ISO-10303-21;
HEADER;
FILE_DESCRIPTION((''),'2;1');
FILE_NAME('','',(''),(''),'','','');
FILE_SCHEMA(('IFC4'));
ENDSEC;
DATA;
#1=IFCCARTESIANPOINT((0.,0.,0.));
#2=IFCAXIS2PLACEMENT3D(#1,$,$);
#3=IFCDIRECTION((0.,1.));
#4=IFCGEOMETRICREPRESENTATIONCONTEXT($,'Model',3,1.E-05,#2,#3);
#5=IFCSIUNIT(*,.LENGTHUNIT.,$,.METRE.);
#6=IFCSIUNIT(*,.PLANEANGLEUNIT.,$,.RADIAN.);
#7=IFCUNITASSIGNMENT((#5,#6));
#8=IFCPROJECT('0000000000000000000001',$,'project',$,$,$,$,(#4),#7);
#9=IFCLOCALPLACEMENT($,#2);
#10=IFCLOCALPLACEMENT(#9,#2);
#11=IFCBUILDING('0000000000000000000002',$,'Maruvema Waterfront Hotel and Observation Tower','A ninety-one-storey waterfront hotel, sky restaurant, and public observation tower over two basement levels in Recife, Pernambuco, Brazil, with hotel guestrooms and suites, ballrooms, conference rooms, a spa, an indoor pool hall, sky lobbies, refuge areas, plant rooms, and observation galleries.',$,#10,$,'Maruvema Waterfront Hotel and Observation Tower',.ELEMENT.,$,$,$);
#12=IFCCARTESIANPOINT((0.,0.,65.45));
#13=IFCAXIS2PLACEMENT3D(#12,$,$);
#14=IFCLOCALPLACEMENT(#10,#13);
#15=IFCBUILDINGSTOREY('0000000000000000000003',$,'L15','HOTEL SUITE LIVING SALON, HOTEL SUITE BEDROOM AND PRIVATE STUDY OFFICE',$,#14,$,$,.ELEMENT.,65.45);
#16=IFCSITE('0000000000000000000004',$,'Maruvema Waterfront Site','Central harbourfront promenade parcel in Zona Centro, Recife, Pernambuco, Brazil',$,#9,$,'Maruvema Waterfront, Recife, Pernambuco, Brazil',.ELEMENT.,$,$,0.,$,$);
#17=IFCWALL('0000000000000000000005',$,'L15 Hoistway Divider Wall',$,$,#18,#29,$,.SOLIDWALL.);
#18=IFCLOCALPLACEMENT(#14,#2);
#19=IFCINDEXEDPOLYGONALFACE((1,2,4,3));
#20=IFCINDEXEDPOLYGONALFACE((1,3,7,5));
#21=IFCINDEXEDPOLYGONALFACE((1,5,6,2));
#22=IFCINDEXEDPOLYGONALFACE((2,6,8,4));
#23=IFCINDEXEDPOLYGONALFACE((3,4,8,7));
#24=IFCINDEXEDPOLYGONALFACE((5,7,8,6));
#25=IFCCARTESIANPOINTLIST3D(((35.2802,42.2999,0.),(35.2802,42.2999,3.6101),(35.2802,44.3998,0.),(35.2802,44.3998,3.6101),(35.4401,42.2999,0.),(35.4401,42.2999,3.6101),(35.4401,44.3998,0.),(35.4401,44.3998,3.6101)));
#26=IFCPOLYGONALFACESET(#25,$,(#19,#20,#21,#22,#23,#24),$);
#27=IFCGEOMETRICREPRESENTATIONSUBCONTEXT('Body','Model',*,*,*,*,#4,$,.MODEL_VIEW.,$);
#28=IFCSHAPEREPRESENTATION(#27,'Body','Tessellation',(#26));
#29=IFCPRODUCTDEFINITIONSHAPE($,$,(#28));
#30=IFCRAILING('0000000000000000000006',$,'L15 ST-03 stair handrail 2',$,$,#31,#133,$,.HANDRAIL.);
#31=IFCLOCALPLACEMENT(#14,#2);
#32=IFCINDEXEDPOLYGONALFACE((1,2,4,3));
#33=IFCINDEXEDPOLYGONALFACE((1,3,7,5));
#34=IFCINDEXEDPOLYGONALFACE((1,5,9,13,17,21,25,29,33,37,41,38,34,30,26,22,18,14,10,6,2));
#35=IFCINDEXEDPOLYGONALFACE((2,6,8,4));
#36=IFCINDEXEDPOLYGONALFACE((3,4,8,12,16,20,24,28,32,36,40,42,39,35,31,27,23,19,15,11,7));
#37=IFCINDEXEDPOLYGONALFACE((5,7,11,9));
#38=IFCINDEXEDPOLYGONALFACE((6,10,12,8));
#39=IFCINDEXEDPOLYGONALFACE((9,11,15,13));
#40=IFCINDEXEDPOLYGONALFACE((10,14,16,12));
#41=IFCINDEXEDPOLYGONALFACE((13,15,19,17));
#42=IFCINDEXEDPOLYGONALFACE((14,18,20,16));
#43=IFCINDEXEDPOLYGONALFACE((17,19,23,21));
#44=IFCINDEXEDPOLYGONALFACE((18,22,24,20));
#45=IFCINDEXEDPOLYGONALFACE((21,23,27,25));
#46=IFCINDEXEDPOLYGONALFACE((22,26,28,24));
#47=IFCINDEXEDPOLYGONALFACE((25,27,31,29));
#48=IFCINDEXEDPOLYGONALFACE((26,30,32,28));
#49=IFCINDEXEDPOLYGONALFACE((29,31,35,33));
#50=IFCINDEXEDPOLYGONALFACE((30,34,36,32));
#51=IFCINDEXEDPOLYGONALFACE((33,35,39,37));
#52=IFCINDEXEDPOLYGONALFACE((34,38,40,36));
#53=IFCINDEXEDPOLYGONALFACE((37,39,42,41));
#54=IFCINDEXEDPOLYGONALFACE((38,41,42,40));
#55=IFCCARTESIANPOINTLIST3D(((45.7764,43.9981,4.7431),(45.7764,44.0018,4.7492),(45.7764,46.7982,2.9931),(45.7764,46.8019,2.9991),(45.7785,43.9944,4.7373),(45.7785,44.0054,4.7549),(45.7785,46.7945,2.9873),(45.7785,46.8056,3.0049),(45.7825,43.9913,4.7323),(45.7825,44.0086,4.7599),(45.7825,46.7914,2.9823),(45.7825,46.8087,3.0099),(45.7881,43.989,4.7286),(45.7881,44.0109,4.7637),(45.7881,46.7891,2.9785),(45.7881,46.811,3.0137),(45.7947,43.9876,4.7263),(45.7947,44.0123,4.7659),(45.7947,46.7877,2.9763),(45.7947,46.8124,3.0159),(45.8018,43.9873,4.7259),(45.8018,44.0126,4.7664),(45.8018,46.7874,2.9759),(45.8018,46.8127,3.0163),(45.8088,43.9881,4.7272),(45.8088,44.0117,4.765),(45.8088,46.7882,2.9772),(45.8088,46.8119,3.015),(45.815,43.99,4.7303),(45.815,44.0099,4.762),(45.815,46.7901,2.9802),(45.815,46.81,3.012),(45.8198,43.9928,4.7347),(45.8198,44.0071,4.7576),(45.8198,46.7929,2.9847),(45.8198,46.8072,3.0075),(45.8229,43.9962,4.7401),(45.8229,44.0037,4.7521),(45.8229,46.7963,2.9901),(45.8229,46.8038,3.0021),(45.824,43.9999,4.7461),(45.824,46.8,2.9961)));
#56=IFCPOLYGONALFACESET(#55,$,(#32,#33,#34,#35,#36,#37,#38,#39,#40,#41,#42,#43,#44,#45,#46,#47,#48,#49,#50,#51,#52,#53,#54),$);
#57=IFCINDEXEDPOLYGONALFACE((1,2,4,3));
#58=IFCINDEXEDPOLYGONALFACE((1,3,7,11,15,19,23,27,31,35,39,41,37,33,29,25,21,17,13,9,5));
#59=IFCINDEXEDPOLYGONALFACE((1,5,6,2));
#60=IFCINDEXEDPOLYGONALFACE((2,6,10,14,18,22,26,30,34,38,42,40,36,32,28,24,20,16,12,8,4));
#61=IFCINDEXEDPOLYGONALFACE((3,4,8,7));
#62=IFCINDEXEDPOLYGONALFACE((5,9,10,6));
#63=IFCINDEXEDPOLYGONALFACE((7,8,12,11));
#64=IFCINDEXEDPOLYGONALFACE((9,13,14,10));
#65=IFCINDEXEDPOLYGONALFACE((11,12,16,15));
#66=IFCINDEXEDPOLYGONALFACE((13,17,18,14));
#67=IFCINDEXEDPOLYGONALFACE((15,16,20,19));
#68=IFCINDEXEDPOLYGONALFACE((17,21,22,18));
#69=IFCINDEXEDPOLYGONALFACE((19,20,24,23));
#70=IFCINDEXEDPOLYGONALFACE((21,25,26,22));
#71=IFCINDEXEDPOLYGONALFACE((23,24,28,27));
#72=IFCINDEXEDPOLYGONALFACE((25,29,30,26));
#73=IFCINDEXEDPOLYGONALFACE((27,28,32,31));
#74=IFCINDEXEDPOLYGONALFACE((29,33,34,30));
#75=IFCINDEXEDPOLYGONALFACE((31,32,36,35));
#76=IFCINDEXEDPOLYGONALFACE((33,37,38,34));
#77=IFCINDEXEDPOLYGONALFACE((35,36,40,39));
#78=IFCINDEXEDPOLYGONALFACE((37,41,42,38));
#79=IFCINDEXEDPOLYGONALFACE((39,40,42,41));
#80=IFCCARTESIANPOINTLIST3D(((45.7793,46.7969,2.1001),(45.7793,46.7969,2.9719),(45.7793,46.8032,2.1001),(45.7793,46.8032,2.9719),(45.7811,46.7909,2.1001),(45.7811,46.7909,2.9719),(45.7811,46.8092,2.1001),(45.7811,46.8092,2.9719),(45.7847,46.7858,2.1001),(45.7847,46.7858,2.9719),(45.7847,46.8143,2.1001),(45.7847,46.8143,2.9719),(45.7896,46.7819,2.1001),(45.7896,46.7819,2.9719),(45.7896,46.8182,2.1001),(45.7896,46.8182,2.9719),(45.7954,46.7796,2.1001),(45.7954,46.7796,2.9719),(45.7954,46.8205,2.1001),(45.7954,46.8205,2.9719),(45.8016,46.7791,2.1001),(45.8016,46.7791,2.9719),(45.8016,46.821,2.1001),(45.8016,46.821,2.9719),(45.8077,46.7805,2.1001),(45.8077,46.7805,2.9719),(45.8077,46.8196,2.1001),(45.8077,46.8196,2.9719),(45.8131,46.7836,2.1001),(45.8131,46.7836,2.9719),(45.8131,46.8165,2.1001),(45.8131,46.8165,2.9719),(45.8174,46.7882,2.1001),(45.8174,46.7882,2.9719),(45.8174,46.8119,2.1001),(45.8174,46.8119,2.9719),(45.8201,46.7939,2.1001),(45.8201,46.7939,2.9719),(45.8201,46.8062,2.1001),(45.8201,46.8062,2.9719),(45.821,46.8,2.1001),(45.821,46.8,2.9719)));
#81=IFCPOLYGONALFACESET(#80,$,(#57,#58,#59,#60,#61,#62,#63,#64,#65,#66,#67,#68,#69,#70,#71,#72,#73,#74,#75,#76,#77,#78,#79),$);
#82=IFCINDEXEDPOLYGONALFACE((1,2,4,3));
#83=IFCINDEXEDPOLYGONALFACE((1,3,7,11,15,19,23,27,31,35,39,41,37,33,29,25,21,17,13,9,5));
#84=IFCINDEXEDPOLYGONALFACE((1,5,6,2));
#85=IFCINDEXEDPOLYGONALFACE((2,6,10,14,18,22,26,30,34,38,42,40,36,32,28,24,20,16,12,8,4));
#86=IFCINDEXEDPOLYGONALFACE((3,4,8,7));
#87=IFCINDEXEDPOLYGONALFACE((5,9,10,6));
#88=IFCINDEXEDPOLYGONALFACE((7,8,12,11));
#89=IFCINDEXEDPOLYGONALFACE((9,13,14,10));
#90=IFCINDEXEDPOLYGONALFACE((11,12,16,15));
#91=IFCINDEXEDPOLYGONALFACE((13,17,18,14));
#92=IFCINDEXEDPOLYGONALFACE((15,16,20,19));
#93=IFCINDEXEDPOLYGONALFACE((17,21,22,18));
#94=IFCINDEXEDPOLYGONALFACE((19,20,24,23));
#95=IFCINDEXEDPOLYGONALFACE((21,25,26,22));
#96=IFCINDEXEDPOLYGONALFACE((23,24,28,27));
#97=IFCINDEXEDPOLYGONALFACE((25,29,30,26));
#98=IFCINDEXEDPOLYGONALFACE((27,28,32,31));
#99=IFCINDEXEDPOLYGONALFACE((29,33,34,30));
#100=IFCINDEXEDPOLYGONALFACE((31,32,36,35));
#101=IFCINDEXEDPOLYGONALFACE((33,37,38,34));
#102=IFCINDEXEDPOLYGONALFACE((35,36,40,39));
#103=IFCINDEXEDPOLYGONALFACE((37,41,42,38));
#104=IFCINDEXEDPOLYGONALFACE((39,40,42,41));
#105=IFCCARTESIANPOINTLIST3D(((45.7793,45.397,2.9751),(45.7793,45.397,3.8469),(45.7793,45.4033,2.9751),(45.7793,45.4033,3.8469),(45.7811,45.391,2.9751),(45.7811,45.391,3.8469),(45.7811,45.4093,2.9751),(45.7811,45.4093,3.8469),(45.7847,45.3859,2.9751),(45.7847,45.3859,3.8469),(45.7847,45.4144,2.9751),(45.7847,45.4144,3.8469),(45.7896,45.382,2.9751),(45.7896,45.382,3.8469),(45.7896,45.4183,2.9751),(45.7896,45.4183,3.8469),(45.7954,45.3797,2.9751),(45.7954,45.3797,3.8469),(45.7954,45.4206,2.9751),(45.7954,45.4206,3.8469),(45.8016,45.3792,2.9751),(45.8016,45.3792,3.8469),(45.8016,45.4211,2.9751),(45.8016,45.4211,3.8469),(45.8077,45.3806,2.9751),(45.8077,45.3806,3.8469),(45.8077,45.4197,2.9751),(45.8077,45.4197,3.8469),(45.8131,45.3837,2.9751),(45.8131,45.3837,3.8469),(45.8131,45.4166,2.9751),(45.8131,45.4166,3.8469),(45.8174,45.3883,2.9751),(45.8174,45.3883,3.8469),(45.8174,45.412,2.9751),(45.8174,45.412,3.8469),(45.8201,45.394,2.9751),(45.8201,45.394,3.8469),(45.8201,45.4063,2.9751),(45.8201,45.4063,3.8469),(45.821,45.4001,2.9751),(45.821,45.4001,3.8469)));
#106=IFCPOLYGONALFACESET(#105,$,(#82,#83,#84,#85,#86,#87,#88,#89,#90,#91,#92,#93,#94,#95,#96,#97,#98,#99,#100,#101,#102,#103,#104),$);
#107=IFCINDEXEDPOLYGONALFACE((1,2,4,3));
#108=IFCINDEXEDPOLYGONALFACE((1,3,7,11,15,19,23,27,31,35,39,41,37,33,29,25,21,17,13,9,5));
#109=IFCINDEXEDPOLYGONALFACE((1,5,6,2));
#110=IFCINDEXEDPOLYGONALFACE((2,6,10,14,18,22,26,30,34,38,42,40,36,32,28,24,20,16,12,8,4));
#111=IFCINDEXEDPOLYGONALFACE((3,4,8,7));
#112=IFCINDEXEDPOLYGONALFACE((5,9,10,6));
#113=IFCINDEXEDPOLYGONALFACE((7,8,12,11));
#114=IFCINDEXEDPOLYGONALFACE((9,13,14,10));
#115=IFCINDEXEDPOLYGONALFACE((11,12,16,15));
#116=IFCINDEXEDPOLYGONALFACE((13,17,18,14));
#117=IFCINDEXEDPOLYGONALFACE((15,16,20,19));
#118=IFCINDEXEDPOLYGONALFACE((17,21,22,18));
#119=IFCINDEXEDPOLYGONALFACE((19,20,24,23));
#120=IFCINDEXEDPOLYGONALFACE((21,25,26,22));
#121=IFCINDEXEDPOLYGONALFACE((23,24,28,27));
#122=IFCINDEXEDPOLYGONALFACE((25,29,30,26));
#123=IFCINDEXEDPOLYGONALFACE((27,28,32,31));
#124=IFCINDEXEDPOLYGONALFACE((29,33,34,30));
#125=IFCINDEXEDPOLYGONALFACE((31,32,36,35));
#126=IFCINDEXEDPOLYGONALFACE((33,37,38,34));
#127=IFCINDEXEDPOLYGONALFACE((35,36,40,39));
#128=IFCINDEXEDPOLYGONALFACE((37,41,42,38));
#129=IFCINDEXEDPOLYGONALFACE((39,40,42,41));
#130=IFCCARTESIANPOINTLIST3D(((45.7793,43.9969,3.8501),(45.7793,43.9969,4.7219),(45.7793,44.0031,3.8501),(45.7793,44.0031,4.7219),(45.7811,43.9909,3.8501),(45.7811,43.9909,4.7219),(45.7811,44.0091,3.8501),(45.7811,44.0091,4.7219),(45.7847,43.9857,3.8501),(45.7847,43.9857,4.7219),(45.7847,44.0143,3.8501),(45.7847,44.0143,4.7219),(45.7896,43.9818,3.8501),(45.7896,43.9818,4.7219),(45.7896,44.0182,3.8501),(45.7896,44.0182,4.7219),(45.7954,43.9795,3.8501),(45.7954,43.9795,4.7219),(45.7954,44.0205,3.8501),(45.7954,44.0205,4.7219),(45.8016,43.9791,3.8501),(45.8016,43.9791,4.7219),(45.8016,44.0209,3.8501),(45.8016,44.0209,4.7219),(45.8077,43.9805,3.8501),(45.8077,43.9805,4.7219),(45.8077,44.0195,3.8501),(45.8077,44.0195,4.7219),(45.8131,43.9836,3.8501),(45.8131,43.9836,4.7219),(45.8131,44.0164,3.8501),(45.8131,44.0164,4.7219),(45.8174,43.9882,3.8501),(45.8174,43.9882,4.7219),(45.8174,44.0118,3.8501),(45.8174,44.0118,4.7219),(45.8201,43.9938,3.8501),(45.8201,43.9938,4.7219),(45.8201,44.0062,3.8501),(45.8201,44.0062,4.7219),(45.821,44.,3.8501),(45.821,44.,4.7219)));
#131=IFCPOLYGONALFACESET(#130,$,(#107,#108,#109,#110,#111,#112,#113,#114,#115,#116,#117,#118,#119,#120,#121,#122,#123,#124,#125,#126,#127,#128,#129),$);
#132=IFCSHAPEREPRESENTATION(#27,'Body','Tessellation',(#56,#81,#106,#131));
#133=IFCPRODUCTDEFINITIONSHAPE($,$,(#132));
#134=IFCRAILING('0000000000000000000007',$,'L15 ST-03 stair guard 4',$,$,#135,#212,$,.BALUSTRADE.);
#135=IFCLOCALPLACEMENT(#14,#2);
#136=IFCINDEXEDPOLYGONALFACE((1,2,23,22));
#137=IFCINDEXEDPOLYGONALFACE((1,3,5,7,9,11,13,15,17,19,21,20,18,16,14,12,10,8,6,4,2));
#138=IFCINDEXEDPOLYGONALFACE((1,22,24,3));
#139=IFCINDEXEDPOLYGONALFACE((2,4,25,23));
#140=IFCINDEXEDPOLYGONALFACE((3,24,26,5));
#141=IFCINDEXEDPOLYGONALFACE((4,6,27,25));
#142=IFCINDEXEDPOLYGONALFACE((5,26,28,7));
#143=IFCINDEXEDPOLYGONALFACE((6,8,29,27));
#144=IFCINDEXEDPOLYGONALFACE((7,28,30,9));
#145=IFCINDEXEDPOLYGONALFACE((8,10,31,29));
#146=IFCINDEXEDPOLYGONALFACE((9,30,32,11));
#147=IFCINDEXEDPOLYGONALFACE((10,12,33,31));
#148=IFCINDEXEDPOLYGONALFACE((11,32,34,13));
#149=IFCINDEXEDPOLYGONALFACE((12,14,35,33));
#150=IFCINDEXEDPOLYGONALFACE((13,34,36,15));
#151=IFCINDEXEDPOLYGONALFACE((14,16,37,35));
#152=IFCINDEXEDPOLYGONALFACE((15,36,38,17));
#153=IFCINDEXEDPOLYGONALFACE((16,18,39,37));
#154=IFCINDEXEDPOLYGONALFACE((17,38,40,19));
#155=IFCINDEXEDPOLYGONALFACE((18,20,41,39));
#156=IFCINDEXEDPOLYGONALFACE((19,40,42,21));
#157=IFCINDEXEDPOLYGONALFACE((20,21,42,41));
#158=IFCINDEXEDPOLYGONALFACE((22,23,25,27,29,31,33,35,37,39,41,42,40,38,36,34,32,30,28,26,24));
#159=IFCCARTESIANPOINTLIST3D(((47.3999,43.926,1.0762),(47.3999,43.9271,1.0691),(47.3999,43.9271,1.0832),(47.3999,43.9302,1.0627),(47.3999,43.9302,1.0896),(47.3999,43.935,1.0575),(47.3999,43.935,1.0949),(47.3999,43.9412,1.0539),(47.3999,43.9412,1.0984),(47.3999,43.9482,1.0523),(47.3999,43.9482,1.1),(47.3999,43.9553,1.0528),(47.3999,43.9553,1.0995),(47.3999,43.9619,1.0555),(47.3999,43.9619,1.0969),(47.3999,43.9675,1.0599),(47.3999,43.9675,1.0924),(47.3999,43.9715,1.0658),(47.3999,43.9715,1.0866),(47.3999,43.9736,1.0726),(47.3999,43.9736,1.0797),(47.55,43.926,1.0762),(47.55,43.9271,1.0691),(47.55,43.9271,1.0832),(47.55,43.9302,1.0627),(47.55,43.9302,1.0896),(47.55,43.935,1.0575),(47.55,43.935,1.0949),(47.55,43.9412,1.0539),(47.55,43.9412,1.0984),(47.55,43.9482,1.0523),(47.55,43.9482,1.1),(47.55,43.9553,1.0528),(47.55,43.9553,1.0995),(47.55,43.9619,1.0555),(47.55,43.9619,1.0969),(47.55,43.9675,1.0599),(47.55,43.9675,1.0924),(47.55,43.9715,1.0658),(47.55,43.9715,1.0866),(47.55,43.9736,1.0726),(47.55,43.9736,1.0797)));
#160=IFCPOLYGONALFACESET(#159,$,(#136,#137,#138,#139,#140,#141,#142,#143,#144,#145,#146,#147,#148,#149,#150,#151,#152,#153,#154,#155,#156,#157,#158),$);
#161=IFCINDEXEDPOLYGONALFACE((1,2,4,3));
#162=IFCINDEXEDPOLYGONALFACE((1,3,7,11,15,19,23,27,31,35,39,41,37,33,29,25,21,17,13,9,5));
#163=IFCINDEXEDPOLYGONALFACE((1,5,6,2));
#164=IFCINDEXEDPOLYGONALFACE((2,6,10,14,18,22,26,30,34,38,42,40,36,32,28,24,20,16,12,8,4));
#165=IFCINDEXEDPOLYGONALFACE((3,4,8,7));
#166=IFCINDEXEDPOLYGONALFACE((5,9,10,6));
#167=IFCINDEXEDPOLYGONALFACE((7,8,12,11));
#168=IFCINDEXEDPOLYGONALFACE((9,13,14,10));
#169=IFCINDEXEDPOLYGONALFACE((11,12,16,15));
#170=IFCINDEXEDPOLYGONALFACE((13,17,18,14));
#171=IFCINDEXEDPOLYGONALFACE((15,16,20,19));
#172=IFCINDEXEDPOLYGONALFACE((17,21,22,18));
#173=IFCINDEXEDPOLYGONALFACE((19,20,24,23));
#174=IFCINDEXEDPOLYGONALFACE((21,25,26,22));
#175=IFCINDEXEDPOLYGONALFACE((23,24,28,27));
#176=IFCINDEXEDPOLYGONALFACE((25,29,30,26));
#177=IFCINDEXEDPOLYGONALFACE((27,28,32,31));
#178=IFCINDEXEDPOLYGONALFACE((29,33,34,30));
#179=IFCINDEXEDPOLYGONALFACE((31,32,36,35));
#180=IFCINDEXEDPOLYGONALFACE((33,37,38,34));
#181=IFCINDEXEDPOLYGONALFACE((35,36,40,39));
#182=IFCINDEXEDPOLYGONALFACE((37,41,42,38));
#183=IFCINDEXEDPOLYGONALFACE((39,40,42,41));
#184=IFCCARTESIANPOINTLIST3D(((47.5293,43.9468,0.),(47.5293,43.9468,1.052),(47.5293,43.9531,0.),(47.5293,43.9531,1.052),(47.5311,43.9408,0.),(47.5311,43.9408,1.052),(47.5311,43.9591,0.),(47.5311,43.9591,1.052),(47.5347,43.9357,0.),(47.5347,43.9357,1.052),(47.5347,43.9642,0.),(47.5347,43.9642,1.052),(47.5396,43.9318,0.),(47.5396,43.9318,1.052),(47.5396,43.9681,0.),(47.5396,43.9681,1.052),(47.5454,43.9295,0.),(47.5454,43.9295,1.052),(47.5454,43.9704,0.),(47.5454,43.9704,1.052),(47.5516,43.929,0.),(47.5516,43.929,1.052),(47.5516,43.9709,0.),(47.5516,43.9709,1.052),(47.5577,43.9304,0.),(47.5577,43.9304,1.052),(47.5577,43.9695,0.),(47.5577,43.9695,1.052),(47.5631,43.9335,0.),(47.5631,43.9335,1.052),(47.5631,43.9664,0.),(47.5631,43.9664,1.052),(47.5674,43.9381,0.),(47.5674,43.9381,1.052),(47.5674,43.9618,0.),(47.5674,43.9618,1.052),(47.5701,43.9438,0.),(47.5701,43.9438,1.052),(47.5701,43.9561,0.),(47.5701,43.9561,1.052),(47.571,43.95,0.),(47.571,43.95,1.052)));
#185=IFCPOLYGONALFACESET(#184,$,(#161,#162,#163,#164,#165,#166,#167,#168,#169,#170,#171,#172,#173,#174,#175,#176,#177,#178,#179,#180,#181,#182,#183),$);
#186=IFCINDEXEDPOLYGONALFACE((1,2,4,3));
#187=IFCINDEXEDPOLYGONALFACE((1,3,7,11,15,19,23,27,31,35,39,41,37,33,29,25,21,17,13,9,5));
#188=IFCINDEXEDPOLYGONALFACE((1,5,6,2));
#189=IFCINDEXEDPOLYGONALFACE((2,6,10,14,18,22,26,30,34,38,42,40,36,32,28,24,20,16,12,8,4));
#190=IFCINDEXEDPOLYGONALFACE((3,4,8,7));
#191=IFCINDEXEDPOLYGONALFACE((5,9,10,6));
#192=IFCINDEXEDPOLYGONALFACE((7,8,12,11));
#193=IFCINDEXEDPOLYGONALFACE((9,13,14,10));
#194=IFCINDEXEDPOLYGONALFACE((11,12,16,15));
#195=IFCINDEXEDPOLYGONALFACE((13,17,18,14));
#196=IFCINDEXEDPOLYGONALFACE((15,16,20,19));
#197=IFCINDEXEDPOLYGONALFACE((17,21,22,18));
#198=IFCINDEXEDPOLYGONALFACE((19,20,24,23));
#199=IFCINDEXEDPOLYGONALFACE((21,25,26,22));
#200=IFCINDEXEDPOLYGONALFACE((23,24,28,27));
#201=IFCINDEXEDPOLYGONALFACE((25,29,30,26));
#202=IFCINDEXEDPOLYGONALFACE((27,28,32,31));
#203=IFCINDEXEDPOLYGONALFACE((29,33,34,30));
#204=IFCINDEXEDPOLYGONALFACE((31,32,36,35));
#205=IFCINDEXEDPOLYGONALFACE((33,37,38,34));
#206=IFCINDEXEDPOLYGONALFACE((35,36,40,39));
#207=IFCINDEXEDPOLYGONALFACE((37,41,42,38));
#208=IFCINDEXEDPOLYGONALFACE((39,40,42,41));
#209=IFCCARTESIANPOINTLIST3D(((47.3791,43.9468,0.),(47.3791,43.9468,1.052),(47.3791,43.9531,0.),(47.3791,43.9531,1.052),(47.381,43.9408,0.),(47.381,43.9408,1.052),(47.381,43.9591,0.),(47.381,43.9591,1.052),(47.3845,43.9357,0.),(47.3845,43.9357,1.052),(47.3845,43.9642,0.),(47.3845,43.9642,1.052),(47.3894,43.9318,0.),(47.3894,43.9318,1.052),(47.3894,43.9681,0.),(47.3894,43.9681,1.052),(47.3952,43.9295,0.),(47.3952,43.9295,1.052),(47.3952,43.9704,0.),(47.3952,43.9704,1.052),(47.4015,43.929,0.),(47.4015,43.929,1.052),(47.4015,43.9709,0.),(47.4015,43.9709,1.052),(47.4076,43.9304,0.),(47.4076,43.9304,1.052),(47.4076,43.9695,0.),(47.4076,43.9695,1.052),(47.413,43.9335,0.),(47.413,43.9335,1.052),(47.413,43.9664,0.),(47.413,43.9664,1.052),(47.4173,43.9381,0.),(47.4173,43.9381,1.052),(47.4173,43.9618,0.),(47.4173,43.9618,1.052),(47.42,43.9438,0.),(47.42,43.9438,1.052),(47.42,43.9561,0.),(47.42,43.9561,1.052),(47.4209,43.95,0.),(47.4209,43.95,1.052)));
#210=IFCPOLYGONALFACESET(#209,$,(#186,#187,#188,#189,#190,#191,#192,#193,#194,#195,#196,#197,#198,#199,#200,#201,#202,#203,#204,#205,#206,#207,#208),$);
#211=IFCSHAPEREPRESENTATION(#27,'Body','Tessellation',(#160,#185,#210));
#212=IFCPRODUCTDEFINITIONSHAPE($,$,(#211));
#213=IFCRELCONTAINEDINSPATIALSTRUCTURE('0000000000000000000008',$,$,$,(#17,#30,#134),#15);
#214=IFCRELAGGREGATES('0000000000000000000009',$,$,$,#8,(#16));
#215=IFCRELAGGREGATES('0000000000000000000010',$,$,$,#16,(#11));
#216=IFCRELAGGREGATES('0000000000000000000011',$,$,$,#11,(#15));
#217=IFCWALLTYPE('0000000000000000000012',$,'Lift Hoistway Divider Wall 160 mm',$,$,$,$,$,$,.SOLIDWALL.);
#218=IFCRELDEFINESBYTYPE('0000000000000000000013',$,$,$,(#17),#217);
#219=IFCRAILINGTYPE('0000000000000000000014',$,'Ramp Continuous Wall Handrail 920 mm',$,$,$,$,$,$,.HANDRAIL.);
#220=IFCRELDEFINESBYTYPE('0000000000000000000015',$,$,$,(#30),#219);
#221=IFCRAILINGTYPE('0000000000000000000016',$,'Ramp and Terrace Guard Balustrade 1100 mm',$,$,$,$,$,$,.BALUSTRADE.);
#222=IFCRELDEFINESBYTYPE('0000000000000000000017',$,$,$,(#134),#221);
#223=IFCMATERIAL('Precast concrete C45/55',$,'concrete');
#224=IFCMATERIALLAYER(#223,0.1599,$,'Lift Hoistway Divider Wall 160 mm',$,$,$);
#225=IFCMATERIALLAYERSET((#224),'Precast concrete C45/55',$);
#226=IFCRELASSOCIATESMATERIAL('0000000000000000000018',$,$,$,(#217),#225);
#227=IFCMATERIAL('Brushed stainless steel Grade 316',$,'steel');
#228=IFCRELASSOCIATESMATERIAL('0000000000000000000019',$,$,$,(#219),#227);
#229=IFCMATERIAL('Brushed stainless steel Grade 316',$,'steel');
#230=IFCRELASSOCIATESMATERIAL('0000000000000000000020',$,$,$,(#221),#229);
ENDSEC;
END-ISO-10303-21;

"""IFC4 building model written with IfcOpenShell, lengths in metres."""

from ifc_helpers import new_model, si_unit, direction, frame, frame_2d, origin, origin_2d, place, context, subcontext, project, spatial, rectangle, circle, extrude, material, layer, layer_set, type_object, element, save


model = new_model("IFC4")

# Units and contexts
model_context = context("Model", 3, precision=1e-05, world=origin(), true_north=direction((0.0, 1.0)))
body_context = subcontext(model_context, "Body", "Model", "MODEL_VIEW")
ifc_project = project(units=[si_unit("LENGTHUNIT", "METRE"), si_unit("PLANEANGLEUNIT", "RADIAN")], contexts=[model_context])

# Site, building, storey
site_placement = place(None, origin())
site = spatial("IfcSite", under=ifc_project, at=site_placement, Name="Maruvema Waterfront Site", Description="Central harbourfront promenade parcel in Zona Centro, Recife, Pernambuco, Brazil", LongName="Maruvema Waterfront, Recife, Pernambuco, Brazil", CompositionType="ELEMENT", RefElevation=0.0)
building_placement = place(site_placement, origin())
building = spatial("IfcBuilding", under=site, at=building_placement, Name="Maruvema Waterfront Hotel and Observation Tower", Description="A ninety-one-storey waterfront hotel, sky restaurant, and public observation tower over two basement levels in Recife, Pernambuco, Brazil, with hotel guestrooms and suites, ballrooms, conference rooms, a spa, an indoor pool hall, sky lobbies, refuge areas, plant rooms, and observation galleries.", LongName="Maruvema Waterfront Hotel and Observation Tower", CompositionType="ELEMENT")
storey_placement = place(building_placement, frame((0.0, 0.0, 65.45)))
storey = spatial("IfcBuildingStorey", under=building, at=storey_placement, Name="L15", Description="HOTEL SUITE LIVING SALON, HOTEL SUITE BEDROOM AND PRIVATE STUDY OFFICE", CompositionType="ELEMENT", Elevation=65.45)

# Wall
ifc_material_1 = material(Name="Precast concrete C45/55", Category="concrete")
ifc_layer_1 = layer(ifc_material_1, 0.1599, Name="Lift Hoistway Divider Wall 160 mm")
ifc_layer_set_1 = layer_set([ifc_layer_1], Name="Precast concrete C45/55")
wall_type_1 = type_object("IfcWallType", Name="Lift Hoistway Divider Wall 160 mm", PredefinedType="SOLIDWALL", material=ifc_layer_set_1)
wall_1_placement = place(storey_placement, frame((35.3601, 42.3, 0.0), z_axis=(0.0, 0.0, 1.0), x_axis=(0.0, 1.0, 0.0)))
element("IfcWall", 1, at=wall_1_placement, inside=storey, type_object=wall_type_1, Name="L15 Hoistway Divider Wall", PredefinedType="SOLIDWALL", context=body_context, shape_type="SweptSolid", body=[
    extrude(rectangle(XDim=2.0999, YDim=0.1599, at=frame_2d((1.0498, 0.0))), origin(), (0.0, 0.0, 1.0), 3.6101),
])

# Railings
ifc_material_2 = material(Name="Brushed stainless steel Grade 316", Category="steel")
railing_type_1 = type_object("IfcRailingType", Name="Ramp Continuous Wall Handrail 920 mm", PredefinedType="HANDRAIL", material=ifc_material_2)
railing_1_placement = place(storey_placement, frame((45.8, 46.8, 2.1001)))
element("IfcRailing", 2, at=railing_1_placement, inside=storey, type_object=railing_type_1, Name="L15 ST-03 stair handrail 2", PredefinedType="HANDRAIL", context=body_context, shape_type="SweptSolid", body=[
    extrude(circle(Radius=0.0239, at=origin_2d()), frame((0.0, 0.0, 0.896), z_axis=(0.0, -0.848002, 0.529992), x_axis=(1.0, 0.0, 0.0)), (0.0, 0.0, 1.0), 3.302),
    extrude(circle(Radius=0.021, at=origin_2d()), origin(), (0.0, 0.0, 1.0), 0.8718),
    extrude(circle(Radius=0.021, at=origin_2d()), frame((0.0, -1.3999, 0.875)), (0.0, 0.0, 1.0), 0.8718),
    extrude(circle(Radius=0.021, at=origin_2d()), frame((0.0, -2.8, 1.75)), (0.0, 0.0, 1.0), 0.8718),
])
ifc_material_3 = material(Name="Brushed stainless steel Grade 316", Category="steel")
railing_type_2 = type_object("IfcRailingType", Name="Ramp and Terrace Guard Balustrade 1100 mm", PredefinedType="BALUSTRADE", material=ifc_material_3)
railing_2_placement = place(storey_placement, frame((47.55, 43.95, 0.0)))
element("IfcRailing", 3, at=railing_2_placement, inside=storey, type_object=railing_type_2, Name="L15 ST-03 stair guard 4", PredefinedType="BALUSTRADE", context=body_context, shape_type="SweptSolid", body=[
    extrude(circle(Radius=0.0239, at=origin_2d()), frame((0.0, 0.0, 1.0762), z_axis=(-1.0, 0.0, 0.0), x_axis=(0.0, -1.0, 0.0)), (0.0, 0.0, 1.0), 0.1501),
    extrude(circle(Radius=0.021, at=origin_2d()), origin(), (0.0, 0.0, 1.0), 1.052),
    extrude(circle(Radius=0.021, at=origin_2d()), frame((-0.1501, 0.0, 0.0)), (0.0, 0.0, 1.0), 1.052),
])

save(model, "model.ifc")
